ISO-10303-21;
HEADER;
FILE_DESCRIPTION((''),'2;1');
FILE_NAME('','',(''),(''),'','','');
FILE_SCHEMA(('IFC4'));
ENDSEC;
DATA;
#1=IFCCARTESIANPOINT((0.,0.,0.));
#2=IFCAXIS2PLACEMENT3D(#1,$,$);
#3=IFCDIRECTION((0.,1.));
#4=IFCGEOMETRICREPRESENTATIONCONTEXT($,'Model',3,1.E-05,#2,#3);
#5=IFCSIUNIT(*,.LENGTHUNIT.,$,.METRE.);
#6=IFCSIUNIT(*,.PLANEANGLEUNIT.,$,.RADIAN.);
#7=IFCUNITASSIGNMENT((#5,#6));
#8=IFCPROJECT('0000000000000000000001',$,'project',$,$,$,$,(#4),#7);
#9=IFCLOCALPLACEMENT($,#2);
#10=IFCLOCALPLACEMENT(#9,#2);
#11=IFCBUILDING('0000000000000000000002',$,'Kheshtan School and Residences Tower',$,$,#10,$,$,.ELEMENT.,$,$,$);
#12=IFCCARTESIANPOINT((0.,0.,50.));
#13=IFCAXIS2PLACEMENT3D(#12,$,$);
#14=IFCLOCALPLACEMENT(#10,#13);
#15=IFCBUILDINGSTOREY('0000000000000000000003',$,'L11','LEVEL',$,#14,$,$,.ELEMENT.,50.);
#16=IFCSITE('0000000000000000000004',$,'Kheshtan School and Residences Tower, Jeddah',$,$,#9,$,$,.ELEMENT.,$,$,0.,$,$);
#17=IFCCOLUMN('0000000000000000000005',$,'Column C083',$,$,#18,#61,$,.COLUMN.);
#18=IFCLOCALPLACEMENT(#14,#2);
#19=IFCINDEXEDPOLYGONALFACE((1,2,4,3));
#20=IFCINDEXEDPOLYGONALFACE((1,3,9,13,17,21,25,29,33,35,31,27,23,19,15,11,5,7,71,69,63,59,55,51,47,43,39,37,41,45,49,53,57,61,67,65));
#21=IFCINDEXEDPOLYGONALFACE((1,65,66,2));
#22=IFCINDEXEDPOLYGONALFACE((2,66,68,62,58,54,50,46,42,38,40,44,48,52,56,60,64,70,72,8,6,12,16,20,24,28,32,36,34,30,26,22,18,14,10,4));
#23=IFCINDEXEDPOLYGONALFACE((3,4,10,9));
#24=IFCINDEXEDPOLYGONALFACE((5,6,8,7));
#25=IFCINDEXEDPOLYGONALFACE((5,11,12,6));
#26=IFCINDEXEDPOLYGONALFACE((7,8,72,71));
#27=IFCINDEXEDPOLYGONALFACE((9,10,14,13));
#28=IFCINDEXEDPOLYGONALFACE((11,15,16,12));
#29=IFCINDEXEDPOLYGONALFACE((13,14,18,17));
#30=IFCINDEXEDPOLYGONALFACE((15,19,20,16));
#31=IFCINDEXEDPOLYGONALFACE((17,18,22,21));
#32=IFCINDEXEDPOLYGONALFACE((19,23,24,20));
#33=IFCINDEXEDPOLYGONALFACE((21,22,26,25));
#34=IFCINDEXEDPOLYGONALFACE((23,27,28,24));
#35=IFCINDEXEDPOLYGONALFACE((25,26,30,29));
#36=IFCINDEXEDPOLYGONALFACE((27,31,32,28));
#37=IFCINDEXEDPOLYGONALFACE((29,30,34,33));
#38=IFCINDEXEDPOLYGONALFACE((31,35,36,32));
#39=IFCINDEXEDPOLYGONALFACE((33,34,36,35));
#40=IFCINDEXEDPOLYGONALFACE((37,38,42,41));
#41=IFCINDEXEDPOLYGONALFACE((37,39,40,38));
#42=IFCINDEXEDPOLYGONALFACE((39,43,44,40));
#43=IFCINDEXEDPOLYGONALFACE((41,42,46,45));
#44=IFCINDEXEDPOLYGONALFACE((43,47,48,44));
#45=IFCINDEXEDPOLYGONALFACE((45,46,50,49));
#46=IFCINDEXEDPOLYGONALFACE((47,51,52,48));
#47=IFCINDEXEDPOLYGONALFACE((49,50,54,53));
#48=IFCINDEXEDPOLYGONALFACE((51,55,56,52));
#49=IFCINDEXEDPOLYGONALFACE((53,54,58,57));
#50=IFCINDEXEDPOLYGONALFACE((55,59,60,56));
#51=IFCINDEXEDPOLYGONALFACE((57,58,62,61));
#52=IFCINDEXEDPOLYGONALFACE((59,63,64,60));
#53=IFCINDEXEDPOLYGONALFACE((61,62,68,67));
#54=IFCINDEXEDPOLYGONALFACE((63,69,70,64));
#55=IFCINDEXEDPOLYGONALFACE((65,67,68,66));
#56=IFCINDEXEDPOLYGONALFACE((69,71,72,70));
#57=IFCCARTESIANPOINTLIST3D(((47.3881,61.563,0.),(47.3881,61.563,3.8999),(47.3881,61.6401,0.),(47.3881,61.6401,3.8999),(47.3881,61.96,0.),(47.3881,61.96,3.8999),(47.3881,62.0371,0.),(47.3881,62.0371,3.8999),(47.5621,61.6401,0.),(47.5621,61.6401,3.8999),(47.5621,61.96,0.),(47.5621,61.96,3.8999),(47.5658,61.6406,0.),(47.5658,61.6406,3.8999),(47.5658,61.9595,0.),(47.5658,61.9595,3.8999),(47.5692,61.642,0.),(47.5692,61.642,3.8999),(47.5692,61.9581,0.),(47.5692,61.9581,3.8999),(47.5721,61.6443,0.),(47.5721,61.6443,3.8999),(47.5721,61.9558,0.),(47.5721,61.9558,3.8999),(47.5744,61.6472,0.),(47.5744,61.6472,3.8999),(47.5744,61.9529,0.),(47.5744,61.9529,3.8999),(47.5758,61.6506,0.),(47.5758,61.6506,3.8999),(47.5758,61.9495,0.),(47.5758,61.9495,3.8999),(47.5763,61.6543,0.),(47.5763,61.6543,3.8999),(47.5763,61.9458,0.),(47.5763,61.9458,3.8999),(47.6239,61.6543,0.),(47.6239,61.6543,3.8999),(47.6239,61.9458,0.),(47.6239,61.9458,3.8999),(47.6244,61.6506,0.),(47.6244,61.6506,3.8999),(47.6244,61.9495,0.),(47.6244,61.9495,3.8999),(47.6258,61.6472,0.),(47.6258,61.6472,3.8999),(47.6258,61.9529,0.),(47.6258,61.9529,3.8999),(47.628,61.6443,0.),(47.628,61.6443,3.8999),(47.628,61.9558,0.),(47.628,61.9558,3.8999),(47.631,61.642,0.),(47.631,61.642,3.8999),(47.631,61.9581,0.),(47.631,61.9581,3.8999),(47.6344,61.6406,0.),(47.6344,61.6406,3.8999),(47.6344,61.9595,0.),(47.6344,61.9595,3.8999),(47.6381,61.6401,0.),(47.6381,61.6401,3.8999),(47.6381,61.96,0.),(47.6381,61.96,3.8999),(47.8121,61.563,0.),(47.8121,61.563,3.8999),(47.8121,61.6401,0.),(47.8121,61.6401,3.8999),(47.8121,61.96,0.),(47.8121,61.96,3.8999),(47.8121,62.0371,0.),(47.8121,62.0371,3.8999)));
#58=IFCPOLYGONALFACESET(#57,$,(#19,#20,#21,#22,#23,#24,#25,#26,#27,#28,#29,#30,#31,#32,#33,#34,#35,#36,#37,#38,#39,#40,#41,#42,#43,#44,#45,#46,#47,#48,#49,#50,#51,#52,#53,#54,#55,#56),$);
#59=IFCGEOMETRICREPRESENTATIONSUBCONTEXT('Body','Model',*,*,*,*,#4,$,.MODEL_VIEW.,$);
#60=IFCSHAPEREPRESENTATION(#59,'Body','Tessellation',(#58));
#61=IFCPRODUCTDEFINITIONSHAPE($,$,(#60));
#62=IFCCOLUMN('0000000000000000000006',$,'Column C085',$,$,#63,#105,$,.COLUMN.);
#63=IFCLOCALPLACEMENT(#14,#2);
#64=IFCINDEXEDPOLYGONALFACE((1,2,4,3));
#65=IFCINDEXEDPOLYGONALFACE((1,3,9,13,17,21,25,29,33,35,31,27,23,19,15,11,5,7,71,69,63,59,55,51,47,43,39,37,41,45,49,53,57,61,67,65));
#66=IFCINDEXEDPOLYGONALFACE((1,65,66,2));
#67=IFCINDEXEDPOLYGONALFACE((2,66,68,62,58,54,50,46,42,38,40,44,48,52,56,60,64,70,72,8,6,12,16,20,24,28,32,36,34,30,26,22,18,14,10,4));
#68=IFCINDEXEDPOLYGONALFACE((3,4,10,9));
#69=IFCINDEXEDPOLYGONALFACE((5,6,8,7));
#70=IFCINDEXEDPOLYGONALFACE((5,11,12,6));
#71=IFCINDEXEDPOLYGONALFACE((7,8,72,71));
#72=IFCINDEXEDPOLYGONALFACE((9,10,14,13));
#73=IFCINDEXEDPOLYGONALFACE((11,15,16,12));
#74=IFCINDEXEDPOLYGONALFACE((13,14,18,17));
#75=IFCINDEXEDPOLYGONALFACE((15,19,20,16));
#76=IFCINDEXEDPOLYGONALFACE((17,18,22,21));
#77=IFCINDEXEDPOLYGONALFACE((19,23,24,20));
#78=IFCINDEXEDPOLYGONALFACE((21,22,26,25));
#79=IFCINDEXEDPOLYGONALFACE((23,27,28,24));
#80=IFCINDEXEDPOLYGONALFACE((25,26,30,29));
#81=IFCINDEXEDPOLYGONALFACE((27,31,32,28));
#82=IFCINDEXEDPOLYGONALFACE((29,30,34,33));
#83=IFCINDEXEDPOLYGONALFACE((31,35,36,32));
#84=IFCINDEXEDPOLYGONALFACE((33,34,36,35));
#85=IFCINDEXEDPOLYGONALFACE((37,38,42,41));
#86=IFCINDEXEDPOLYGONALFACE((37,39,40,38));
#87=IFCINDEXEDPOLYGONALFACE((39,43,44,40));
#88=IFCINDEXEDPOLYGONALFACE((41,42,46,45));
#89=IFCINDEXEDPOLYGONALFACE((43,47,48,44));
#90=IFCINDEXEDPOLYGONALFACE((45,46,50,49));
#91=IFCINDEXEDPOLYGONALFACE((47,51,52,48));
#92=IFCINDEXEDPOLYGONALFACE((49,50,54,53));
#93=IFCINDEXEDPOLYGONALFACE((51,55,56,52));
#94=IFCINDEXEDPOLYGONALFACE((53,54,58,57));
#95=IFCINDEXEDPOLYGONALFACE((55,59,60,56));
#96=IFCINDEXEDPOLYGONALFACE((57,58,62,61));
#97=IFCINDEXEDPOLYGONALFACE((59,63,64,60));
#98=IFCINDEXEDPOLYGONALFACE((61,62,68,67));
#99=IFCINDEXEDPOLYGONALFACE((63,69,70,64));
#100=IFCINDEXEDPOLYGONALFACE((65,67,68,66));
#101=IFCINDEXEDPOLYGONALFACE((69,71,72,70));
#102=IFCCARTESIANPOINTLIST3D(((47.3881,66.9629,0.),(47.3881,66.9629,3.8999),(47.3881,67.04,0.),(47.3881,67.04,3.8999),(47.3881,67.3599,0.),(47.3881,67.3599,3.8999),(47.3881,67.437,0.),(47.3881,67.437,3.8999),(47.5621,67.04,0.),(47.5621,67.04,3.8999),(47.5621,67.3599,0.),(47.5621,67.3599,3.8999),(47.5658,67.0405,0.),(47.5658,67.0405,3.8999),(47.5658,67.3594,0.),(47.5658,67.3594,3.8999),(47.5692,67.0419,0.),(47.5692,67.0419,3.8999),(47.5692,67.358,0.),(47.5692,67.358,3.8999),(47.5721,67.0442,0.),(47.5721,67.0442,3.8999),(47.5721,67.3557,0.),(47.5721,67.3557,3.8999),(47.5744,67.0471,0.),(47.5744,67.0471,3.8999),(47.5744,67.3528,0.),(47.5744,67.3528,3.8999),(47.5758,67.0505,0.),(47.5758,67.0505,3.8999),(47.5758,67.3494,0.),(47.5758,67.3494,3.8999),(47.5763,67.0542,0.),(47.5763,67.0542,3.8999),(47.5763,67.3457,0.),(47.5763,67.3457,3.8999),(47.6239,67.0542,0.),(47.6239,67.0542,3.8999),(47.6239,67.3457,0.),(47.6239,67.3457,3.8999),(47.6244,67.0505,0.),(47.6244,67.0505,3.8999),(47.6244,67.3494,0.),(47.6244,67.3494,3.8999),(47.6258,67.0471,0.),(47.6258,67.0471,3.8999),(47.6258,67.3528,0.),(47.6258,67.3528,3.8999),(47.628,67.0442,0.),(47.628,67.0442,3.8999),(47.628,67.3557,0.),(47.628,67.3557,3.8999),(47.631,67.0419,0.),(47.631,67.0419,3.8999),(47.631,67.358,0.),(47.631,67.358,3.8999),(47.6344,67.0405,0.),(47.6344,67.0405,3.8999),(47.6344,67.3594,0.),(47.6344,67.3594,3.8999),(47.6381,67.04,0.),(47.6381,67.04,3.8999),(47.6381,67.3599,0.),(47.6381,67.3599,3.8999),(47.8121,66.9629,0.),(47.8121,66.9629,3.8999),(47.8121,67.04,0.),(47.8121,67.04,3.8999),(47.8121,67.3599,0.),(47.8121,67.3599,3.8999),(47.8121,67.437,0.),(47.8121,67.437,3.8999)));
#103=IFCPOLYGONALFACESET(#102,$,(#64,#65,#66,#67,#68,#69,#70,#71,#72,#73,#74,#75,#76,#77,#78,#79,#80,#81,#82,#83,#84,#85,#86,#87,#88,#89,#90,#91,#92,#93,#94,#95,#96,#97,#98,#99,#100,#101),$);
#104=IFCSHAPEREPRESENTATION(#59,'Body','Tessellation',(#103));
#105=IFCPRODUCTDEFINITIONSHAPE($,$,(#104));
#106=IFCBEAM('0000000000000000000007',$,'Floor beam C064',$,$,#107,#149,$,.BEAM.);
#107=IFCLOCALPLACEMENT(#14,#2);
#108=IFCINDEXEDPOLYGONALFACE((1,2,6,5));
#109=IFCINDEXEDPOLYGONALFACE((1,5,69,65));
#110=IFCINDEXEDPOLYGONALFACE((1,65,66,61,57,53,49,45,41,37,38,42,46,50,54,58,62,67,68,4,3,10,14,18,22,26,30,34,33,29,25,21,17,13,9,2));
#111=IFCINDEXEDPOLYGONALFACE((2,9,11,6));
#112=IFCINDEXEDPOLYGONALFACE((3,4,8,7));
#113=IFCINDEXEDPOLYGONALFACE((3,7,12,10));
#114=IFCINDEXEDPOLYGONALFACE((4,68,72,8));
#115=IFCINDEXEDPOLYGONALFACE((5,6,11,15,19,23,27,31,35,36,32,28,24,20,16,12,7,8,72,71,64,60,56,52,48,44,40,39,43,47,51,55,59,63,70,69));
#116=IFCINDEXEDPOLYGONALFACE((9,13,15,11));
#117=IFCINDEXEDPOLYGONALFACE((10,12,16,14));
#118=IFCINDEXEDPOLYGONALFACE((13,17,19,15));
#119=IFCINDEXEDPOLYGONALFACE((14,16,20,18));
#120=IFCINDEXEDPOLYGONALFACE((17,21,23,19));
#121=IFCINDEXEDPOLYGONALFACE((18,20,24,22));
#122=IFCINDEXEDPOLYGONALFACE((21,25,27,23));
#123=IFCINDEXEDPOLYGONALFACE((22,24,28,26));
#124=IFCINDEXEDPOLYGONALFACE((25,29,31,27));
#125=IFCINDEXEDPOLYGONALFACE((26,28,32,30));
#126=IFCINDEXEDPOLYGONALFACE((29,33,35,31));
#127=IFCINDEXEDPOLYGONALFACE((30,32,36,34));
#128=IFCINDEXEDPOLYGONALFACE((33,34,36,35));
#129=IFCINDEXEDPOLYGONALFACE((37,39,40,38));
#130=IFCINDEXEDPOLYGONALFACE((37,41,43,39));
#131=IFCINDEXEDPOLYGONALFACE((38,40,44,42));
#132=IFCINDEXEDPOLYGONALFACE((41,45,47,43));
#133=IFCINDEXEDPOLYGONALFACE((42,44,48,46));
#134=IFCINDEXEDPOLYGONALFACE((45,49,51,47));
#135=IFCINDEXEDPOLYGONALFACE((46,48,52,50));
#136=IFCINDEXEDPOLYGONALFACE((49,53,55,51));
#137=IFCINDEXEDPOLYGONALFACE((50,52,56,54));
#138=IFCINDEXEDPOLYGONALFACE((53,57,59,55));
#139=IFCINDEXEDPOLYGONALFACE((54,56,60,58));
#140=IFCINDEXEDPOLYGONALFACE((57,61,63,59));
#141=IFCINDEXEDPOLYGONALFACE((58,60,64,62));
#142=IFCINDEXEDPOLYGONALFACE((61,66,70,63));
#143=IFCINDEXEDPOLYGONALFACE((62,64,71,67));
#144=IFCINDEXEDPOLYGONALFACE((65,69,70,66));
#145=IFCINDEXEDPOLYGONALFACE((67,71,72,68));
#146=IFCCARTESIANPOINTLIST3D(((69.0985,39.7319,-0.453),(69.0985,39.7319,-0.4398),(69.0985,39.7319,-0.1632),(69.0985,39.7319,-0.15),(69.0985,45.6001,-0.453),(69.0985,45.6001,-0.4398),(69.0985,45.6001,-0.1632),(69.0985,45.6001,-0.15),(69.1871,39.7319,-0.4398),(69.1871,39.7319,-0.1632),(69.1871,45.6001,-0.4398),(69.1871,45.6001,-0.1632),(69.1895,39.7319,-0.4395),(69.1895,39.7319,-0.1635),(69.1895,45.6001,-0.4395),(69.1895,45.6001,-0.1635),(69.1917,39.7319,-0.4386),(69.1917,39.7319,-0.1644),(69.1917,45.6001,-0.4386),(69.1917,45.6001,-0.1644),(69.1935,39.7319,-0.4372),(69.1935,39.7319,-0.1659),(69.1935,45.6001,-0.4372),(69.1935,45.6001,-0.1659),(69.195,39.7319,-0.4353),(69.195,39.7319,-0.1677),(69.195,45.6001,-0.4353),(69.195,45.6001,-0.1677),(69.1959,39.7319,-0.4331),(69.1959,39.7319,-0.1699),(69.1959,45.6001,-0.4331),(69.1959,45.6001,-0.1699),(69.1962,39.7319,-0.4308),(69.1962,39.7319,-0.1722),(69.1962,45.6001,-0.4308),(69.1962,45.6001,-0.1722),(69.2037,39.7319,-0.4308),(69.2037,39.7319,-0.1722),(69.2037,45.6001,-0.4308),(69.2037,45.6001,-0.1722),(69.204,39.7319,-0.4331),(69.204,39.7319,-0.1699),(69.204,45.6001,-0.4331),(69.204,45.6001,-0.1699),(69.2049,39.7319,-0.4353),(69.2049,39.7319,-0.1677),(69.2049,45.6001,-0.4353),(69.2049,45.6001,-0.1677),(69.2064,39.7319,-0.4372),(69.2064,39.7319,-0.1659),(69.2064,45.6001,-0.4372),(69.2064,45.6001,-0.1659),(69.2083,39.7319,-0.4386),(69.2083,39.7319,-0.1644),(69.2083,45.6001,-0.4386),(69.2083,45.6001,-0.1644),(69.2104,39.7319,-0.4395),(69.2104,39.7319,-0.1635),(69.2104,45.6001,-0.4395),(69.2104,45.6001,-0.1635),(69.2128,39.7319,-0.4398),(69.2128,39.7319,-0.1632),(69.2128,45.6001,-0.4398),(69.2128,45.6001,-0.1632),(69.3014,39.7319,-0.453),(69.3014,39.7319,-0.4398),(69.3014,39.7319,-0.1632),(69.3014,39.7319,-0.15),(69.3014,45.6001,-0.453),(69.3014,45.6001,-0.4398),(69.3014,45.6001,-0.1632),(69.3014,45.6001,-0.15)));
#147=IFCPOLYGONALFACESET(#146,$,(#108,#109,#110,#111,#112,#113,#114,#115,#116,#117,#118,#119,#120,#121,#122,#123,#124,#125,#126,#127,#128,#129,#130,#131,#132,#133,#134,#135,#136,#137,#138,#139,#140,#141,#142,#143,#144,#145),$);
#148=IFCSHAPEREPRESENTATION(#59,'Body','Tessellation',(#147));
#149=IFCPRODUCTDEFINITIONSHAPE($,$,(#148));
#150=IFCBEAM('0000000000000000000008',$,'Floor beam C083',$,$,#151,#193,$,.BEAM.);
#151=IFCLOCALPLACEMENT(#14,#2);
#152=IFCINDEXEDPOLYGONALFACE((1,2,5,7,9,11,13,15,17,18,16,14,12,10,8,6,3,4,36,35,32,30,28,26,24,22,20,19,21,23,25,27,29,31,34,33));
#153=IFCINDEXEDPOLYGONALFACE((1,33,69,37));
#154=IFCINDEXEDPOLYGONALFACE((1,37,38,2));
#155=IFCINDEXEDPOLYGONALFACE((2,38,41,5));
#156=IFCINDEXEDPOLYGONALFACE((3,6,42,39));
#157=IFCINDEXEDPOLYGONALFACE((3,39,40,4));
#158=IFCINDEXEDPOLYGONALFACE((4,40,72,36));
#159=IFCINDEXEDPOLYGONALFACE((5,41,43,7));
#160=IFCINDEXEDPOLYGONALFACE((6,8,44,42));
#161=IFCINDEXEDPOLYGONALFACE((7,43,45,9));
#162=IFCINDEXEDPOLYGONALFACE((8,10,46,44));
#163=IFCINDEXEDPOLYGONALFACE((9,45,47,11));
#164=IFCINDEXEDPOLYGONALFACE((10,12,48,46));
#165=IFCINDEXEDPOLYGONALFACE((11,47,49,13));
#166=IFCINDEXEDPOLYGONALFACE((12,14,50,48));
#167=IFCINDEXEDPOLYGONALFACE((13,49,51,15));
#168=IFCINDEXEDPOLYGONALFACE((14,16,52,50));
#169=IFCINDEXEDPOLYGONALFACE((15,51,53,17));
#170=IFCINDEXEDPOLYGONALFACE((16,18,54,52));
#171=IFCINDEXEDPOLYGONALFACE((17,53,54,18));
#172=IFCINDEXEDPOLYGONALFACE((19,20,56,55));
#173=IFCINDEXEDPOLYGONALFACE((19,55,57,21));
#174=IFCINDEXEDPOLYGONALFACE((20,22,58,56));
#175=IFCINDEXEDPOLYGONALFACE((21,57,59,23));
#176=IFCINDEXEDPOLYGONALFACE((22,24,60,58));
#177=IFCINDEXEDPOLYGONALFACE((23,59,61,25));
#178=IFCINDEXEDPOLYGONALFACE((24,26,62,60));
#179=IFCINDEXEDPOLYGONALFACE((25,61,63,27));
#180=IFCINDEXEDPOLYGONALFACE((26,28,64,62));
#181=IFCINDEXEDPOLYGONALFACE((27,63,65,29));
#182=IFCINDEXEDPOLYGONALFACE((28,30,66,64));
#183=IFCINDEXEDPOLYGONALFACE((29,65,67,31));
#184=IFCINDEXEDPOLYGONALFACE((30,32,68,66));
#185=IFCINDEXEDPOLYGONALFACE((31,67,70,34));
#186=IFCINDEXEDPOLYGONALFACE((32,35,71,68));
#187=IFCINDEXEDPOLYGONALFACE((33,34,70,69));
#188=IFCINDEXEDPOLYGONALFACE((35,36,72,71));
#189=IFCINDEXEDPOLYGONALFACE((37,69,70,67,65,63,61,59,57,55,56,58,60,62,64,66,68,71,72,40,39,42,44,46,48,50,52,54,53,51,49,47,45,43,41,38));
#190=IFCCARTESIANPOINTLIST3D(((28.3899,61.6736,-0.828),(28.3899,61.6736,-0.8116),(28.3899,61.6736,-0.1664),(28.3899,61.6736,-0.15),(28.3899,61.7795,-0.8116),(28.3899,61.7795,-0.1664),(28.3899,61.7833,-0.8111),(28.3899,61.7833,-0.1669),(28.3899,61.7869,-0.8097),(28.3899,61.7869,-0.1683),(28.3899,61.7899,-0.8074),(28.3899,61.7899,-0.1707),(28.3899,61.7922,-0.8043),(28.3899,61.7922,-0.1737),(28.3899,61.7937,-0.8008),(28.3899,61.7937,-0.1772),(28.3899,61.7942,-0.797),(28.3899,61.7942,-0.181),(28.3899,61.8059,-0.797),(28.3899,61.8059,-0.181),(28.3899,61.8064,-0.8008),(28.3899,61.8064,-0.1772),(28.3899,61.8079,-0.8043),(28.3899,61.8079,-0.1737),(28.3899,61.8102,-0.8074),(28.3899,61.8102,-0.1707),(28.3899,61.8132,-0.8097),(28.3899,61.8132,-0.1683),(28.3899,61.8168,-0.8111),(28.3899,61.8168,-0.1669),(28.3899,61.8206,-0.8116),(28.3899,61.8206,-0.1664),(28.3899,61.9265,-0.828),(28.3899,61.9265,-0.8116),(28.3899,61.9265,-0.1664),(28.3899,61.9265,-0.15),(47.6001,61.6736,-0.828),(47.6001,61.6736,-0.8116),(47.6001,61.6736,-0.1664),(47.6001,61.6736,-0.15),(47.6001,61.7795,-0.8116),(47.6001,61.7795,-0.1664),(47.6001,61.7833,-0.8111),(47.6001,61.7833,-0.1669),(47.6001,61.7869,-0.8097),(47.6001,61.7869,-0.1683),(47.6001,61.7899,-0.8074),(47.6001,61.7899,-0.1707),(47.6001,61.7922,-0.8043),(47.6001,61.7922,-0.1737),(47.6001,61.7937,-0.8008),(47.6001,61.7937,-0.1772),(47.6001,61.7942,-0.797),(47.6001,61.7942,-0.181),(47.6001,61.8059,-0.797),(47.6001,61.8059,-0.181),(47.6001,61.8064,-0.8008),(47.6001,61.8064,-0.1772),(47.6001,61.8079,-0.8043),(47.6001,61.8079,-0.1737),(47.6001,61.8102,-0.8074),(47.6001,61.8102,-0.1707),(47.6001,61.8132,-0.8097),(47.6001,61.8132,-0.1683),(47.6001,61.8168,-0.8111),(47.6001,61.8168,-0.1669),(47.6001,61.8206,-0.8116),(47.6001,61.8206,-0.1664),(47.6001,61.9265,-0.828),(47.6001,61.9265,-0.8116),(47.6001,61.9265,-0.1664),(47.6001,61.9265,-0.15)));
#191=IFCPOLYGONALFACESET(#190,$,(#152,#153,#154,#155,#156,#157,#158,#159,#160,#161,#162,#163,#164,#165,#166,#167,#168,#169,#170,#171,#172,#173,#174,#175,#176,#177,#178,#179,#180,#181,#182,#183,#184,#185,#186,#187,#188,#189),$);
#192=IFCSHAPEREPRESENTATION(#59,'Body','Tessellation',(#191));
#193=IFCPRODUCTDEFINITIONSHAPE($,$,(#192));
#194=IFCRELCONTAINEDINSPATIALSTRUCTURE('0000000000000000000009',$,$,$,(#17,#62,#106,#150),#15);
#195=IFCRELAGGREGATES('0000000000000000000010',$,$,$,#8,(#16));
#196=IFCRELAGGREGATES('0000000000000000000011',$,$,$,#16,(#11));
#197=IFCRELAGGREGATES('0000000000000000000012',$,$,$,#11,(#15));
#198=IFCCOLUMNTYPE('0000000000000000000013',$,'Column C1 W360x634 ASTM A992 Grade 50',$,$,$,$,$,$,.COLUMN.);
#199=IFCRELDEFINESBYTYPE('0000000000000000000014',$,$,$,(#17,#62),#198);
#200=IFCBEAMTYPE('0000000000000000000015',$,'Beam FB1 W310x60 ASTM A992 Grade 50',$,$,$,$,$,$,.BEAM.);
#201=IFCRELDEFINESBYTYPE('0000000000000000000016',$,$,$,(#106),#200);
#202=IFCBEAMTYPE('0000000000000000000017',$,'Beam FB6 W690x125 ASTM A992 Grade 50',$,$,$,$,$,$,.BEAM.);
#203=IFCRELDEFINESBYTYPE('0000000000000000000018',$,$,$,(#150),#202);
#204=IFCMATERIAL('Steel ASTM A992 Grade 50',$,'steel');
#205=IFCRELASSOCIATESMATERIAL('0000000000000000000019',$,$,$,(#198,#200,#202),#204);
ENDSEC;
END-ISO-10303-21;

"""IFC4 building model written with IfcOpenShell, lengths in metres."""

from ifc_helpers import new_model, si_unit, direction, frame, origin, origin_2d, place, context, subcontext, project, spatial, i_section, extrude, material, material_profile, profile_set, type_object, element, save


model = new_model("IFC4")

# Units and contexts
model_context = context("Model", 3, precision=1e-05, world=origin(), true_north=direction((0.0, 1.0)))
body_context = subcontext(model_context, "Body", "Model", "MODEL_VIEW")
ifc_project = project(units=[si_unit("LENGTHUNIT", "METRE"), si_unit("PLANEANGLEUNIT", "RADIAN")], contexts=[model_context])

# Site, building, storey
site_placement = place(None, origin())
site = spatial("IfcSite", under=ifc_project, at=site_placement, Name="Kheshtan School and Residences Tower, Jeddah", CompositionType="ELEMENT", RefElevation=0.0)
building_placement = place(site_placement, origin())
building = spatial("IfcBuilding", under=site, at=building_placement, Name="Kheshtan School and Residences Tower", CompositionType="ELEMENT")
storey_placement = place(building_placement, frame((0.0, 0.0, 50.0)))
storey = spatial("IfcBuildingStorey", under=building, at=storey_placement, Name="L11", Description="LEVEL", CompositionType="ELEMENT", Elevation=50.0)

# Columns
ifc_material_1 = material(Name="Steel ASTM A992 Grade 50", Category="steel")
ifc_material_profile_1 = material_profile(ifc_material_1, i_section(OverallWidth=0.4241, OverallDepth=0.4741, WebThickness=0.0476, FlangeThickness=0.0771, FilletRadius=0.0142, at=origin_2d()), Name="W360x634")
ifc_profile_set_1 = profile_set([ifc_material_profile_1], Name="Steel ASTM A992 Grade 50")
column_type = type_object("IfcColumnType", Name="Column C1 W360x634 ASTM A992 Grade 50", PredefinedType="COLUMN", material=ifc_profile_set_1)
for number, where, z_axis, x_axis, name in (
    (1, (47.6001, 61.8, 0.0), (0.0, 0.0, 1.0), (1.0, 0.0, 0.0), "Column C083"),
    (2, (47.6001, 67.2, 0.0), (0.0, 0.0, 1.0), (1.0, 0.0, 0.0), "Column C085"),
):
    element("IfcColumn", number, at=place(storey_placement, frame(where, z_axis=z_axis, x_axis=x_axis)), inside=storey, type_object=column_type, Name=name, PredefinedType="COLUMN", context=body_context, shape_type="SweptSolid", body=[
        extrude(i_section(OverallWidth=0.4241, OverallDepth=0.4741, WebThickness=0.0476, FlangeThickness=0.0771, FilletRadius=0.0142, at=origin_2d()), origin(), (0.0, 0.0, 1.0), 3.8999),
    ])

# Beams
ifc_material_profile_2 = material_profile(ifc_material_1, i_section(OverallWidth=0.2029, OverallDepth=0.303, WebThickness=0.0076, FlangeThickness=0.0132, FilletRadius=0.009, at=origin_2d()), Name="W310x60")
ifc_profile_set_2 = profile_set([ifc_material_profile_2], Name="Steel ASTM A992 Grade 50")
beam_type_1 = type_object("IfcBeamType", Name="Beam FB1 W310x60 ASTM A992 Grade 50", PredefinedType="BEAM", material=ifc_profile_set_2)
beam_1_placement = place(storey_placement, frame((69.2, 45.6001, -0.3015), z_axis=(0.0, -1.0, 0.0), x_axis=(1.0, 0.0, 0.0)))
element("IfcBeam", 3, at=beam_1_placement, inside=storey, type_object=beam_type_1, Name="Floor beam C064", PredefinedType="BEAM", context=body_context, shape_type="SweptSolid", body=[
    extrude(i_section(OverallWidth=0.2029, OverallDepth=0.303, WebThickness=0.0076, FlangeThickness=0.0132, FilletRadius=0.009, at=origin_2d()), origin(), (0.0, 0.0, 1.0), 5.8682),
])
ifc_material_profile_3 = material_profile(ifc_material_1, i_section(OverallWidth=0.2529, OverallDepth=0.678, WebThickness=0.0117, FlangeThickness=0.0164, FilletRadius=0.0146, at=origin_2d()), Name="W690x125")
ifc_profile_set_3 = profile_set([ifc_material_profile_3], Name="Steel ASTM A992 Grade 50")
beam_type_2 = type_object("IfcBeamType", Name="Beam FB6 W690x125 ASTM A992 Grade 50", PredefinedType="BEAM", material=ifc_profile_set_3)
beam_2_placement = place(storey_placement, frame((47.6001, 61.8, -0.489), z_axis=(-1.0, 0.0, 0.0), x_axis=(0.0, -1.0, 0.0)))
element("IfcBeam", 4, at=beam_2_placement, inside=storey, type_object=beam_type_2, Name="Floor beam C083", PredefinedType="BEAM", context=body_context, shape_type="SweptSolid", body=[
    extrude(i_section(OverallWidth=0.2529, OverallDepth=0.678, WebThickness=0.0117, FlangeThickness=0.0164, FilletRadius=0.0146, at=origin_2d()), origin(), (0.0, 0.0, 1.0), 19.2102),
])

save(model, "model.ifc")
